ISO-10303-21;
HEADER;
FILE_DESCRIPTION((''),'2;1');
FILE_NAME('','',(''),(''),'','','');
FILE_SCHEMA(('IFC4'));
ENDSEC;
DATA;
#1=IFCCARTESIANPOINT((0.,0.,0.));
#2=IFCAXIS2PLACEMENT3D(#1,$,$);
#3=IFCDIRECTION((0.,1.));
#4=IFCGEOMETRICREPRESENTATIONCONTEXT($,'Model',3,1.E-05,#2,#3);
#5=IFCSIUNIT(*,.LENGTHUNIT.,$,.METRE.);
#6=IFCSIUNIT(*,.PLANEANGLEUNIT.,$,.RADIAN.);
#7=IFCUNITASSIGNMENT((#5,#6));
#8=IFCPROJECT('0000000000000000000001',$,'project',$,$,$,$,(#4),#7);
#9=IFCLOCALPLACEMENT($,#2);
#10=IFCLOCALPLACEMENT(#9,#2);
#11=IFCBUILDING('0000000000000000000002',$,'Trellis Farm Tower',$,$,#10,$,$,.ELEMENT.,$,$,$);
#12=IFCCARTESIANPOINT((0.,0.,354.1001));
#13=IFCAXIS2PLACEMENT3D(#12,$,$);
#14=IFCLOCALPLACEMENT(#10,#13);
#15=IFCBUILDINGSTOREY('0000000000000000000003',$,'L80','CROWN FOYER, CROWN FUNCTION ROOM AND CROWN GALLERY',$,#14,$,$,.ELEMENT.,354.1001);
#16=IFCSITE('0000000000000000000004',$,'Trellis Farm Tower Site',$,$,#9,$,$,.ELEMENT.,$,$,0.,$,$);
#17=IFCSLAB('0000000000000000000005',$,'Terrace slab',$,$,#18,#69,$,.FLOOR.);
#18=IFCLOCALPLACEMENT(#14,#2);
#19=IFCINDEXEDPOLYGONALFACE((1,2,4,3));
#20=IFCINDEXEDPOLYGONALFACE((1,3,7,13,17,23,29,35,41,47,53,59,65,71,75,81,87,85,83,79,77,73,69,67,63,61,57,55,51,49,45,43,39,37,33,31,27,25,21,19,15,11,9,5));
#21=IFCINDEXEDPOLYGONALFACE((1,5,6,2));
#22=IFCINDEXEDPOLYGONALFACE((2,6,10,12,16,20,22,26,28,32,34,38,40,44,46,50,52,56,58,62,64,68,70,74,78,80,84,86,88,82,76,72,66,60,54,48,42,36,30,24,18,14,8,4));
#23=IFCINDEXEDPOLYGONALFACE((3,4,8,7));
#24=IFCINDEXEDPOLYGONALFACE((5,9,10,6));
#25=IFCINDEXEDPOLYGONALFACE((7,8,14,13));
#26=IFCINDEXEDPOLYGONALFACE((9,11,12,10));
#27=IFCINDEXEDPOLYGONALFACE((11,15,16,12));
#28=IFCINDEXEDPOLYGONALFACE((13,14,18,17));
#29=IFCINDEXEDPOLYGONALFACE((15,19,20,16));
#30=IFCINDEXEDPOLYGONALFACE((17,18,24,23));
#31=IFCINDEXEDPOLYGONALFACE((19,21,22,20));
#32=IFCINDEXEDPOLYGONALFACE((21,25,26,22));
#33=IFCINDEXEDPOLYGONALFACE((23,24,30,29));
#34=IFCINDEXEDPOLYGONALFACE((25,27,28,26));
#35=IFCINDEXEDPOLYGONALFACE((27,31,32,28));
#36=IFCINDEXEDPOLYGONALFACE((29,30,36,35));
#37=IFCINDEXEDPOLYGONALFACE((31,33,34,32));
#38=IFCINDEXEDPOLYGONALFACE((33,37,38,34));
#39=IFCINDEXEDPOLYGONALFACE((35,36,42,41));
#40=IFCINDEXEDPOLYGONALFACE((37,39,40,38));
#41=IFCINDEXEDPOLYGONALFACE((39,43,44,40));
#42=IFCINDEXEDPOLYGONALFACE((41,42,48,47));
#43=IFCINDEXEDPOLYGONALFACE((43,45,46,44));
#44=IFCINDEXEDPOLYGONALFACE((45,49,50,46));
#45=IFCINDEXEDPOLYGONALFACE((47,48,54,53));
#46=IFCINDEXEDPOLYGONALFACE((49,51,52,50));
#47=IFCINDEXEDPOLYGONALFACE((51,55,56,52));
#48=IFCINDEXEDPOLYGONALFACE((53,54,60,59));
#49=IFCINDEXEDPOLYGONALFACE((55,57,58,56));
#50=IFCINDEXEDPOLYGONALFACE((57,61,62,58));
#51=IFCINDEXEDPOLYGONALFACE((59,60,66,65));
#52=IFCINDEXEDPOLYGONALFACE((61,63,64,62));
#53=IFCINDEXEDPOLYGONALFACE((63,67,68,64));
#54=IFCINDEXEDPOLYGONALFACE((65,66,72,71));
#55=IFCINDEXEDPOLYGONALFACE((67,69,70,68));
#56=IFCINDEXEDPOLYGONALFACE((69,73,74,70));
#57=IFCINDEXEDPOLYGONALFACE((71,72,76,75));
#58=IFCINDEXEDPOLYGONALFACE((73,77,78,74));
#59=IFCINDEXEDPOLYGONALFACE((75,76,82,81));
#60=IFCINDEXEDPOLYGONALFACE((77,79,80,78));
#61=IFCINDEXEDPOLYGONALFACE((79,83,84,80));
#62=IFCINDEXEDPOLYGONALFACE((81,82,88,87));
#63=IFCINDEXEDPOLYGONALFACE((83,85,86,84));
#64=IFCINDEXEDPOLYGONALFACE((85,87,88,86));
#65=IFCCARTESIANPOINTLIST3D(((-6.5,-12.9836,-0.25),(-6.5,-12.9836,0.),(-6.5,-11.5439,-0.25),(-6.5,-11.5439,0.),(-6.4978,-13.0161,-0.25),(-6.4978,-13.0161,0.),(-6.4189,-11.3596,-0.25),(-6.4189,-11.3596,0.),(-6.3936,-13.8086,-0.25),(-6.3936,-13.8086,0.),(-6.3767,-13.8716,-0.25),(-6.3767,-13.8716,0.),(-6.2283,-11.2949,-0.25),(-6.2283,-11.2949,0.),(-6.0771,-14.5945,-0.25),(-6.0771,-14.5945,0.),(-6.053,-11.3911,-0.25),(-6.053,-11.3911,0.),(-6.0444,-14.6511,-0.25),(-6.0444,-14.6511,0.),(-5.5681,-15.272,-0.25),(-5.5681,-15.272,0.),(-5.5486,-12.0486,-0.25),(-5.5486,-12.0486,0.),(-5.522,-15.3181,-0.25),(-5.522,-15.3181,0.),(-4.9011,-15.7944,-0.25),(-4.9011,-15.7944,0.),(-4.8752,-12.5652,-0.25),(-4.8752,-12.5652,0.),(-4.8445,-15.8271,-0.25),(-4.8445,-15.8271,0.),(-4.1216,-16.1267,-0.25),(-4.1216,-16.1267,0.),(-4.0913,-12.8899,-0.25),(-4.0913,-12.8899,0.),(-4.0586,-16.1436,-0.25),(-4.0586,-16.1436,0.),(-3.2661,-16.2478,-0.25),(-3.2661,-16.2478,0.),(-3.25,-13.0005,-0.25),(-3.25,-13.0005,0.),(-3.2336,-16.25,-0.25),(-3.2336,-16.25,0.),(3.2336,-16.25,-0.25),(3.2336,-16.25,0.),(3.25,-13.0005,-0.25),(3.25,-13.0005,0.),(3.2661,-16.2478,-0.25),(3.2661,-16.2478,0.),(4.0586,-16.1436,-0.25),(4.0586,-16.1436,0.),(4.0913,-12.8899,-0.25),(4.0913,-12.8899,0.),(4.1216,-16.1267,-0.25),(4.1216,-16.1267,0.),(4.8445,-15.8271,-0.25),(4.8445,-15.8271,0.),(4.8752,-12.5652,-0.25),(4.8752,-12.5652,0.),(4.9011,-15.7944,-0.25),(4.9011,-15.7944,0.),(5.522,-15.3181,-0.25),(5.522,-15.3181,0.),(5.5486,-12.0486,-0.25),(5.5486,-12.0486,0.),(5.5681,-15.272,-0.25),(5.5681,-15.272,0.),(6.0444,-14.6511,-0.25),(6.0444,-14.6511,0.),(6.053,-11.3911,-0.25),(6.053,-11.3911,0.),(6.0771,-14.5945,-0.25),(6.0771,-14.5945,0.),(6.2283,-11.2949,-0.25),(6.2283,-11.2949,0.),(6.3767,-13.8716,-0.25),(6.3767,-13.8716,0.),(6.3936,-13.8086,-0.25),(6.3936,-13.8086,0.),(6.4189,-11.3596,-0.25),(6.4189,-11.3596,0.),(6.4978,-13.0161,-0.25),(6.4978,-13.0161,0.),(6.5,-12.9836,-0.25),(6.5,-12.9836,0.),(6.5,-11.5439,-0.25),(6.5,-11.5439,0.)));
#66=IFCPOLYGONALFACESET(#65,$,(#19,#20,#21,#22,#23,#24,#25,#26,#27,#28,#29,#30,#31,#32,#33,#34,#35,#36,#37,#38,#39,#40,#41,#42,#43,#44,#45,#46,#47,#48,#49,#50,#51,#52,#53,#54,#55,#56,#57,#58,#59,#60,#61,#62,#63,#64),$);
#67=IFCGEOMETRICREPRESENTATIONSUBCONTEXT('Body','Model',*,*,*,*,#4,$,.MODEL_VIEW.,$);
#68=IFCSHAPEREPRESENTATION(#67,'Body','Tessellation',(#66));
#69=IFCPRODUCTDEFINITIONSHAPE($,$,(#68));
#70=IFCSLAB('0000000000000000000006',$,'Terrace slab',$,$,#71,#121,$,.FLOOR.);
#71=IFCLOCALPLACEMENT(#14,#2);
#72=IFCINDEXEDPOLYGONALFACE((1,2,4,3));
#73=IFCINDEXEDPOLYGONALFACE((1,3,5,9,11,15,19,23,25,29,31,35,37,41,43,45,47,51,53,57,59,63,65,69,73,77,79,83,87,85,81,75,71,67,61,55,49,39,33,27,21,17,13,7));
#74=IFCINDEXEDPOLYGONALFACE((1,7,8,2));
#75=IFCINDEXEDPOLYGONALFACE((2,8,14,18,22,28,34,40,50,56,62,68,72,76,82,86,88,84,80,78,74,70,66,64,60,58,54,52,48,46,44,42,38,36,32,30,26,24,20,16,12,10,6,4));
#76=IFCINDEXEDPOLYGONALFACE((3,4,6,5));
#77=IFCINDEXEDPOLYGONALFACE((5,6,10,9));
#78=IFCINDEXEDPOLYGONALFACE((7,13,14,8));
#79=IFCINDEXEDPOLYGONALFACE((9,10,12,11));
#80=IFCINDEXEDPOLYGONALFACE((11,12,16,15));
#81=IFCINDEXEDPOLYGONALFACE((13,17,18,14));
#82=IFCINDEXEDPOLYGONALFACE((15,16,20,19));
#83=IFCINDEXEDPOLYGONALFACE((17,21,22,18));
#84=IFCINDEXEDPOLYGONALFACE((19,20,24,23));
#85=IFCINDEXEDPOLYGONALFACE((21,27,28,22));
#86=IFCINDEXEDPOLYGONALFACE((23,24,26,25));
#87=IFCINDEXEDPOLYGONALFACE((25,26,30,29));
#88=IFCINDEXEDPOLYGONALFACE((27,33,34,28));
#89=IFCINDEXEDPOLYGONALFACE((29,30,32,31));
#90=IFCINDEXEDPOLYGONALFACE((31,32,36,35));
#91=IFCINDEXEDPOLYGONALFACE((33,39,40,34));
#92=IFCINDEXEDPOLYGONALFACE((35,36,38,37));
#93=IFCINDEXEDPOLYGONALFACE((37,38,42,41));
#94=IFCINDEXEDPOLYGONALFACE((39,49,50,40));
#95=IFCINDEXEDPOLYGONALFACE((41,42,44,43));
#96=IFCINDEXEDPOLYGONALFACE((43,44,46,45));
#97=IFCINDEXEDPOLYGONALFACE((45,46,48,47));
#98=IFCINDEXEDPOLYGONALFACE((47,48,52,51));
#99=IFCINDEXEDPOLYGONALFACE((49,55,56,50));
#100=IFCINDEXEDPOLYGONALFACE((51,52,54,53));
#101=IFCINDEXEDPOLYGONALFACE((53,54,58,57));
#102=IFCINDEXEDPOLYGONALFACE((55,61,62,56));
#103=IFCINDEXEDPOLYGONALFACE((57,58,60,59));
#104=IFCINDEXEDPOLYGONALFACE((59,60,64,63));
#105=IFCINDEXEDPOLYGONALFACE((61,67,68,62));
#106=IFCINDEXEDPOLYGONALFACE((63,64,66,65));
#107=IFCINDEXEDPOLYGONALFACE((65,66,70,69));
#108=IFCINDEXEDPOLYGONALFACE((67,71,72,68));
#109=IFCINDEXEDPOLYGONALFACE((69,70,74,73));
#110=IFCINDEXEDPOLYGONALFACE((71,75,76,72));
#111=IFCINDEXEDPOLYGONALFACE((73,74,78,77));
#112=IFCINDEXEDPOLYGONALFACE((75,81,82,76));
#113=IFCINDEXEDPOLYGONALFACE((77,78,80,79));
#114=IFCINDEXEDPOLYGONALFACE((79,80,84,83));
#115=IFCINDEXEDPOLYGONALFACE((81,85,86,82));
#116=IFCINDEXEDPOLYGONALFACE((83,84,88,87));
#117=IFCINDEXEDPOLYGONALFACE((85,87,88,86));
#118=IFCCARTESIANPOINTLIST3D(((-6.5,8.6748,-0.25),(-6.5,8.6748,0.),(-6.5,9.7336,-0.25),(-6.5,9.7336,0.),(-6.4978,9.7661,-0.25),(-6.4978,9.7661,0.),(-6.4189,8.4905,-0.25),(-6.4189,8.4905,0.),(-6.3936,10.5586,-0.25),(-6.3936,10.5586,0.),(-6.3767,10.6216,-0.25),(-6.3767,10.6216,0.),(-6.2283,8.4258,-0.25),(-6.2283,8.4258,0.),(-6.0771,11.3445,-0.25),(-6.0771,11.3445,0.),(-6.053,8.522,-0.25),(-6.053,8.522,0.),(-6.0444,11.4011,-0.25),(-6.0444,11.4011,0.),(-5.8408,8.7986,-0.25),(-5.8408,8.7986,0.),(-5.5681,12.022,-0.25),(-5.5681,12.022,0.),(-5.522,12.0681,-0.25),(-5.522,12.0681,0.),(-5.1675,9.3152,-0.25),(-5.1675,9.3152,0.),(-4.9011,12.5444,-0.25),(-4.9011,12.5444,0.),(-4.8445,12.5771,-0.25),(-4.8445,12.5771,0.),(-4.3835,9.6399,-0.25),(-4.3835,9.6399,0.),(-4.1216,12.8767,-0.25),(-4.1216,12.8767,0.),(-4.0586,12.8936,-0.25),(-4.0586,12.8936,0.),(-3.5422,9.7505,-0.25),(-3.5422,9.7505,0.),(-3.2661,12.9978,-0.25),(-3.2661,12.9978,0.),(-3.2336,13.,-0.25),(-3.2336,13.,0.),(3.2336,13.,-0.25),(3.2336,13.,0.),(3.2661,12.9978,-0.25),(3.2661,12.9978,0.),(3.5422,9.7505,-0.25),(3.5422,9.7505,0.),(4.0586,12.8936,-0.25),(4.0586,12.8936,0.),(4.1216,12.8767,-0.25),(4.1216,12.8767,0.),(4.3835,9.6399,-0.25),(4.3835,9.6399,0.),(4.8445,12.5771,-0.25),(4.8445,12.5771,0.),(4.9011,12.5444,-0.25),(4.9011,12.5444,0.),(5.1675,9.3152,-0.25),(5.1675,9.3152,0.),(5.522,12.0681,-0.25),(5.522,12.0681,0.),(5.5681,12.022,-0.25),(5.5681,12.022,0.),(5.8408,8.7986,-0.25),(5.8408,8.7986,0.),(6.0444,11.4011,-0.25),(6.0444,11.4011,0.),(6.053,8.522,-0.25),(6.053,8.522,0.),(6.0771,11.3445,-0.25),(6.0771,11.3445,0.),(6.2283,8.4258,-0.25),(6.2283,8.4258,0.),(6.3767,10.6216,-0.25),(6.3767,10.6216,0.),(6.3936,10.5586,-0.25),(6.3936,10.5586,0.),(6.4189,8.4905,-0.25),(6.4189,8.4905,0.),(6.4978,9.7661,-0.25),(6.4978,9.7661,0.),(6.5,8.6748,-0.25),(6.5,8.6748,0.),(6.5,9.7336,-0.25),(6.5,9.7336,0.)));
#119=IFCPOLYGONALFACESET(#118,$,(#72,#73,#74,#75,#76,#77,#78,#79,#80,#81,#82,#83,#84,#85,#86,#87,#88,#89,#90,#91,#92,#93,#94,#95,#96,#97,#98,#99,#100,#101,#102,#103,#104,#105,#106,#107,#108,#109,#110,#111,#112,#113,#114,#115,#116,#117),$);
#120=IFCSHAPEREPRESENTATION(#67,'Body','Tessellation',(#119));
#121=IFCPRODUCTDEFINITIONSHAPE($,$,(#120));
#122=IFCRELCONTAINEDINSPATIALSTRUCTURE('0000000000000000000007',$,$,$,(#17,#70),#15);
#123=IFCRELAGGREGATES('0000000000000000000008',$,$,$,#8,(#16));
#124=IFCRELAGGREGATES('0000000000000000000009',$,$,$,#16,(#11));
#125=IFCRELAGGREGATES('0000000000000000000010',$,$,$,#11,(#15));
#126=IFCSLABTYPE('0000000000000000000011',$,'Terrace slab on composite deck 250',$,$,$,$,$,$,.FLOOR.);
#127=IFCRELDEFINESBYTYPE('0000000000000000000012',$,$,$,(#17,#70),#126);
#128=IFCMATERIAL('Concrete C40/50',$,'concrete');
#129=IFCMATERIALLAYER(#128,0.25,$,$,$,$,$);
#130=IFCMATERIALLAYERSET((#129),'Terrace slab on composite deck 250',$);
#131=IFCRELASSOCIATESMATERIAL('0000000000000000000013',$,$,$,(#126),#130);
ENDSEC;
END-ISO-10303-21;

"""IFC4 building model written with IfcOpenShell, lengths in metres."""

from ifc_helpers import new_model, si_unit, direction, frame, origin, place, context, subcontext, project, spatial, polyline, outline, extrude, material, layer, layer_set, type_object, element, save


model = new_model("IFC4")

# Units and contexts
model_context = context("Model", 3, precision=1e-05, world=origin(), true_north=direction((0.0, 1.0)))
body_context = subcontext(model_context, "Body", "Model", "MODEL_VIEW")
ifc_project = project(units=[si_unit("LENGTHUNIT", "METRE"), si_unit("PLANEANGLEUNIT", "RADIAN")], contexts=[model_context])

# Site, building, storey
site_placement = place(None, origin())
site = spatial("IfcSite", under=ifc_project, at=site_placement, Name="Trellis Farm Tower Site", CompositionType="ELEMENT", RefElevation=0.0)
building_placement = place(site_placement, origin())
building = spatial("IfcBuilding", under=site, at=building_placement, Name="Trellis Farm Tower", CompositionType="ELEMENT")
storey_placement = place(building_placement, frame((0.0, 0.0, 354.1001)))
storey = spatial("IfcBuildingStorey", under=building, at=storey_placement, Name="L80", Description="CROWN FOYER, CROWN FUNCTION ROOM AND CROWN GALLERY", CompositionType="ELEMENT", Elevation=354.1001)

# Slabs
ifc_material_1 = material(Name="Concrete C40/50", Category="concrete")
ifc_layer_1 = layer(ifc_material_1, 0.25)
ifc_layer_set_1 = layer_set([ifc_layer_1], Name="Terrace slab on composite deck 250")
slab_type_1 = type_object("IfcSlabType", Name="Terrace slab on composite deck 250", PredefinedType="FLOOR", material=ifc_layer_set_1)
placement_1 = place(storey_placement, frame((0.0, 0.0, -0.25)))
element("IfcSlab", 1, at=placement_1, inside=storey, type_object=slab_type_1, Name="Terrace slab", PredefinedType="FLOOR", context=body_context, shape_type="SweptSolid", body=[
    extrude(outline(polyline([(-6.2283, -11.2949), (-6.053, -11.3911), (-5.5486, -12.0486), (-4.8752, -12.5652), (-4.0913, -12.8899), (-3.25, -13.0005), (3.25, -13.0005), (4.0913, -12.8899), (4.8752, -12.5652), (5.5486, -12.0486), (6.053, -11.3911), (6.2283, -11.2949), (6.4189, -11.3596), (6.5, -11.5439), (6.5, -12.9836), (6.4978, -13.0161), (6.3936, -13.8086), (6.3767, -13.8716), (6.0771, -14.5945), (6.0444, -14.6511), (5.5681, -15.272), (5.522, -15.3181), (4.9011, -15.7944), (4.8445, -15.8271), (4.1216, -16.1267), (4.0586, -16.1436), (3.2661, -16.2478), (3.2336, -16.25), (-3.2336, -16.25), (-3.2661, -16.2478), (-4.0586, -16.1436), (-4.1216, -16.1267), (-4.8445, -15.8271), (-4.9011, -15.7944), (-5.522, -15.3181), (-5.5681, -15.272), (-6.0444, -14.6511), (-6.0771, -14.5945), (-6.3767, -13.8716), (-6.3936, -13.8086), (-6.4978, -13.0161), (-6.5, -12.9836), (-6.5, -11.5439), (-6.4189, -11.3596), (-6.2283, -11.2949)])), origin(), (0.0, 0.0, 1.0), 0.25),
])
element("IfcSlab", 2, at=placement_1, inside=storey, type_object=slab_type_1, Name="Terrace slab", PredefinedType="FLOOR", context=body_context, shape_type="SweptSolid", body=[
    extrude(outline(polyline([(-6.4189, 8.4905), (-6.5, 8.6748), (-6.5, 9.7336), (-6.4978, 9.7661), (-6.3936, 10.5586), (-6.3767, 10.6216), (-6.0771, 11.3445), (-6.0444, 11.4011), (-5.5681, 12.022), (-5.522, 12.0681), (-4.9011, 12.5444), (-4.8445, 12.5771), (-4.1216, 12.8767), (-4.0586, 12.8936), (-3.2661, 12.9978), (-3.2336, 13.0), (3.2336, 13.0), (3.2661, 12.9978), (4.0586, 12.8936), (4.1216, 12.8767), (4.8445, 12.5771), (4.9011, 12.5444), (5.522, 12.0681), (5.5681, 12.022), (6.0444, 11.4011), (6.0771, 11.3445), (6.3767, 10.6216), (6.3936, 10.5586), (6.4978, 9.7661), (6.5, 9.7336), (6.5, 8.6748), (6.4189, 8.4905), (6.2283, 8.4258), (6.053, 8.522), (5.8408, 8.7986), (5.1675, 9.3152), (4.3835, 9.6399), (3.5422, 9.7505), (-3.5422, 9.7505), (-4.3835, 9.6399), (-5.1675, 9.3152), (-5.8408, 8.7986), (-6.053, 8.522), (-6.2283, 8.4258), (-6.4189, 8.4905)])), origin(), (0.0, 0.0, 1.0), 0.25),
])

save(model, "model.ifc")
